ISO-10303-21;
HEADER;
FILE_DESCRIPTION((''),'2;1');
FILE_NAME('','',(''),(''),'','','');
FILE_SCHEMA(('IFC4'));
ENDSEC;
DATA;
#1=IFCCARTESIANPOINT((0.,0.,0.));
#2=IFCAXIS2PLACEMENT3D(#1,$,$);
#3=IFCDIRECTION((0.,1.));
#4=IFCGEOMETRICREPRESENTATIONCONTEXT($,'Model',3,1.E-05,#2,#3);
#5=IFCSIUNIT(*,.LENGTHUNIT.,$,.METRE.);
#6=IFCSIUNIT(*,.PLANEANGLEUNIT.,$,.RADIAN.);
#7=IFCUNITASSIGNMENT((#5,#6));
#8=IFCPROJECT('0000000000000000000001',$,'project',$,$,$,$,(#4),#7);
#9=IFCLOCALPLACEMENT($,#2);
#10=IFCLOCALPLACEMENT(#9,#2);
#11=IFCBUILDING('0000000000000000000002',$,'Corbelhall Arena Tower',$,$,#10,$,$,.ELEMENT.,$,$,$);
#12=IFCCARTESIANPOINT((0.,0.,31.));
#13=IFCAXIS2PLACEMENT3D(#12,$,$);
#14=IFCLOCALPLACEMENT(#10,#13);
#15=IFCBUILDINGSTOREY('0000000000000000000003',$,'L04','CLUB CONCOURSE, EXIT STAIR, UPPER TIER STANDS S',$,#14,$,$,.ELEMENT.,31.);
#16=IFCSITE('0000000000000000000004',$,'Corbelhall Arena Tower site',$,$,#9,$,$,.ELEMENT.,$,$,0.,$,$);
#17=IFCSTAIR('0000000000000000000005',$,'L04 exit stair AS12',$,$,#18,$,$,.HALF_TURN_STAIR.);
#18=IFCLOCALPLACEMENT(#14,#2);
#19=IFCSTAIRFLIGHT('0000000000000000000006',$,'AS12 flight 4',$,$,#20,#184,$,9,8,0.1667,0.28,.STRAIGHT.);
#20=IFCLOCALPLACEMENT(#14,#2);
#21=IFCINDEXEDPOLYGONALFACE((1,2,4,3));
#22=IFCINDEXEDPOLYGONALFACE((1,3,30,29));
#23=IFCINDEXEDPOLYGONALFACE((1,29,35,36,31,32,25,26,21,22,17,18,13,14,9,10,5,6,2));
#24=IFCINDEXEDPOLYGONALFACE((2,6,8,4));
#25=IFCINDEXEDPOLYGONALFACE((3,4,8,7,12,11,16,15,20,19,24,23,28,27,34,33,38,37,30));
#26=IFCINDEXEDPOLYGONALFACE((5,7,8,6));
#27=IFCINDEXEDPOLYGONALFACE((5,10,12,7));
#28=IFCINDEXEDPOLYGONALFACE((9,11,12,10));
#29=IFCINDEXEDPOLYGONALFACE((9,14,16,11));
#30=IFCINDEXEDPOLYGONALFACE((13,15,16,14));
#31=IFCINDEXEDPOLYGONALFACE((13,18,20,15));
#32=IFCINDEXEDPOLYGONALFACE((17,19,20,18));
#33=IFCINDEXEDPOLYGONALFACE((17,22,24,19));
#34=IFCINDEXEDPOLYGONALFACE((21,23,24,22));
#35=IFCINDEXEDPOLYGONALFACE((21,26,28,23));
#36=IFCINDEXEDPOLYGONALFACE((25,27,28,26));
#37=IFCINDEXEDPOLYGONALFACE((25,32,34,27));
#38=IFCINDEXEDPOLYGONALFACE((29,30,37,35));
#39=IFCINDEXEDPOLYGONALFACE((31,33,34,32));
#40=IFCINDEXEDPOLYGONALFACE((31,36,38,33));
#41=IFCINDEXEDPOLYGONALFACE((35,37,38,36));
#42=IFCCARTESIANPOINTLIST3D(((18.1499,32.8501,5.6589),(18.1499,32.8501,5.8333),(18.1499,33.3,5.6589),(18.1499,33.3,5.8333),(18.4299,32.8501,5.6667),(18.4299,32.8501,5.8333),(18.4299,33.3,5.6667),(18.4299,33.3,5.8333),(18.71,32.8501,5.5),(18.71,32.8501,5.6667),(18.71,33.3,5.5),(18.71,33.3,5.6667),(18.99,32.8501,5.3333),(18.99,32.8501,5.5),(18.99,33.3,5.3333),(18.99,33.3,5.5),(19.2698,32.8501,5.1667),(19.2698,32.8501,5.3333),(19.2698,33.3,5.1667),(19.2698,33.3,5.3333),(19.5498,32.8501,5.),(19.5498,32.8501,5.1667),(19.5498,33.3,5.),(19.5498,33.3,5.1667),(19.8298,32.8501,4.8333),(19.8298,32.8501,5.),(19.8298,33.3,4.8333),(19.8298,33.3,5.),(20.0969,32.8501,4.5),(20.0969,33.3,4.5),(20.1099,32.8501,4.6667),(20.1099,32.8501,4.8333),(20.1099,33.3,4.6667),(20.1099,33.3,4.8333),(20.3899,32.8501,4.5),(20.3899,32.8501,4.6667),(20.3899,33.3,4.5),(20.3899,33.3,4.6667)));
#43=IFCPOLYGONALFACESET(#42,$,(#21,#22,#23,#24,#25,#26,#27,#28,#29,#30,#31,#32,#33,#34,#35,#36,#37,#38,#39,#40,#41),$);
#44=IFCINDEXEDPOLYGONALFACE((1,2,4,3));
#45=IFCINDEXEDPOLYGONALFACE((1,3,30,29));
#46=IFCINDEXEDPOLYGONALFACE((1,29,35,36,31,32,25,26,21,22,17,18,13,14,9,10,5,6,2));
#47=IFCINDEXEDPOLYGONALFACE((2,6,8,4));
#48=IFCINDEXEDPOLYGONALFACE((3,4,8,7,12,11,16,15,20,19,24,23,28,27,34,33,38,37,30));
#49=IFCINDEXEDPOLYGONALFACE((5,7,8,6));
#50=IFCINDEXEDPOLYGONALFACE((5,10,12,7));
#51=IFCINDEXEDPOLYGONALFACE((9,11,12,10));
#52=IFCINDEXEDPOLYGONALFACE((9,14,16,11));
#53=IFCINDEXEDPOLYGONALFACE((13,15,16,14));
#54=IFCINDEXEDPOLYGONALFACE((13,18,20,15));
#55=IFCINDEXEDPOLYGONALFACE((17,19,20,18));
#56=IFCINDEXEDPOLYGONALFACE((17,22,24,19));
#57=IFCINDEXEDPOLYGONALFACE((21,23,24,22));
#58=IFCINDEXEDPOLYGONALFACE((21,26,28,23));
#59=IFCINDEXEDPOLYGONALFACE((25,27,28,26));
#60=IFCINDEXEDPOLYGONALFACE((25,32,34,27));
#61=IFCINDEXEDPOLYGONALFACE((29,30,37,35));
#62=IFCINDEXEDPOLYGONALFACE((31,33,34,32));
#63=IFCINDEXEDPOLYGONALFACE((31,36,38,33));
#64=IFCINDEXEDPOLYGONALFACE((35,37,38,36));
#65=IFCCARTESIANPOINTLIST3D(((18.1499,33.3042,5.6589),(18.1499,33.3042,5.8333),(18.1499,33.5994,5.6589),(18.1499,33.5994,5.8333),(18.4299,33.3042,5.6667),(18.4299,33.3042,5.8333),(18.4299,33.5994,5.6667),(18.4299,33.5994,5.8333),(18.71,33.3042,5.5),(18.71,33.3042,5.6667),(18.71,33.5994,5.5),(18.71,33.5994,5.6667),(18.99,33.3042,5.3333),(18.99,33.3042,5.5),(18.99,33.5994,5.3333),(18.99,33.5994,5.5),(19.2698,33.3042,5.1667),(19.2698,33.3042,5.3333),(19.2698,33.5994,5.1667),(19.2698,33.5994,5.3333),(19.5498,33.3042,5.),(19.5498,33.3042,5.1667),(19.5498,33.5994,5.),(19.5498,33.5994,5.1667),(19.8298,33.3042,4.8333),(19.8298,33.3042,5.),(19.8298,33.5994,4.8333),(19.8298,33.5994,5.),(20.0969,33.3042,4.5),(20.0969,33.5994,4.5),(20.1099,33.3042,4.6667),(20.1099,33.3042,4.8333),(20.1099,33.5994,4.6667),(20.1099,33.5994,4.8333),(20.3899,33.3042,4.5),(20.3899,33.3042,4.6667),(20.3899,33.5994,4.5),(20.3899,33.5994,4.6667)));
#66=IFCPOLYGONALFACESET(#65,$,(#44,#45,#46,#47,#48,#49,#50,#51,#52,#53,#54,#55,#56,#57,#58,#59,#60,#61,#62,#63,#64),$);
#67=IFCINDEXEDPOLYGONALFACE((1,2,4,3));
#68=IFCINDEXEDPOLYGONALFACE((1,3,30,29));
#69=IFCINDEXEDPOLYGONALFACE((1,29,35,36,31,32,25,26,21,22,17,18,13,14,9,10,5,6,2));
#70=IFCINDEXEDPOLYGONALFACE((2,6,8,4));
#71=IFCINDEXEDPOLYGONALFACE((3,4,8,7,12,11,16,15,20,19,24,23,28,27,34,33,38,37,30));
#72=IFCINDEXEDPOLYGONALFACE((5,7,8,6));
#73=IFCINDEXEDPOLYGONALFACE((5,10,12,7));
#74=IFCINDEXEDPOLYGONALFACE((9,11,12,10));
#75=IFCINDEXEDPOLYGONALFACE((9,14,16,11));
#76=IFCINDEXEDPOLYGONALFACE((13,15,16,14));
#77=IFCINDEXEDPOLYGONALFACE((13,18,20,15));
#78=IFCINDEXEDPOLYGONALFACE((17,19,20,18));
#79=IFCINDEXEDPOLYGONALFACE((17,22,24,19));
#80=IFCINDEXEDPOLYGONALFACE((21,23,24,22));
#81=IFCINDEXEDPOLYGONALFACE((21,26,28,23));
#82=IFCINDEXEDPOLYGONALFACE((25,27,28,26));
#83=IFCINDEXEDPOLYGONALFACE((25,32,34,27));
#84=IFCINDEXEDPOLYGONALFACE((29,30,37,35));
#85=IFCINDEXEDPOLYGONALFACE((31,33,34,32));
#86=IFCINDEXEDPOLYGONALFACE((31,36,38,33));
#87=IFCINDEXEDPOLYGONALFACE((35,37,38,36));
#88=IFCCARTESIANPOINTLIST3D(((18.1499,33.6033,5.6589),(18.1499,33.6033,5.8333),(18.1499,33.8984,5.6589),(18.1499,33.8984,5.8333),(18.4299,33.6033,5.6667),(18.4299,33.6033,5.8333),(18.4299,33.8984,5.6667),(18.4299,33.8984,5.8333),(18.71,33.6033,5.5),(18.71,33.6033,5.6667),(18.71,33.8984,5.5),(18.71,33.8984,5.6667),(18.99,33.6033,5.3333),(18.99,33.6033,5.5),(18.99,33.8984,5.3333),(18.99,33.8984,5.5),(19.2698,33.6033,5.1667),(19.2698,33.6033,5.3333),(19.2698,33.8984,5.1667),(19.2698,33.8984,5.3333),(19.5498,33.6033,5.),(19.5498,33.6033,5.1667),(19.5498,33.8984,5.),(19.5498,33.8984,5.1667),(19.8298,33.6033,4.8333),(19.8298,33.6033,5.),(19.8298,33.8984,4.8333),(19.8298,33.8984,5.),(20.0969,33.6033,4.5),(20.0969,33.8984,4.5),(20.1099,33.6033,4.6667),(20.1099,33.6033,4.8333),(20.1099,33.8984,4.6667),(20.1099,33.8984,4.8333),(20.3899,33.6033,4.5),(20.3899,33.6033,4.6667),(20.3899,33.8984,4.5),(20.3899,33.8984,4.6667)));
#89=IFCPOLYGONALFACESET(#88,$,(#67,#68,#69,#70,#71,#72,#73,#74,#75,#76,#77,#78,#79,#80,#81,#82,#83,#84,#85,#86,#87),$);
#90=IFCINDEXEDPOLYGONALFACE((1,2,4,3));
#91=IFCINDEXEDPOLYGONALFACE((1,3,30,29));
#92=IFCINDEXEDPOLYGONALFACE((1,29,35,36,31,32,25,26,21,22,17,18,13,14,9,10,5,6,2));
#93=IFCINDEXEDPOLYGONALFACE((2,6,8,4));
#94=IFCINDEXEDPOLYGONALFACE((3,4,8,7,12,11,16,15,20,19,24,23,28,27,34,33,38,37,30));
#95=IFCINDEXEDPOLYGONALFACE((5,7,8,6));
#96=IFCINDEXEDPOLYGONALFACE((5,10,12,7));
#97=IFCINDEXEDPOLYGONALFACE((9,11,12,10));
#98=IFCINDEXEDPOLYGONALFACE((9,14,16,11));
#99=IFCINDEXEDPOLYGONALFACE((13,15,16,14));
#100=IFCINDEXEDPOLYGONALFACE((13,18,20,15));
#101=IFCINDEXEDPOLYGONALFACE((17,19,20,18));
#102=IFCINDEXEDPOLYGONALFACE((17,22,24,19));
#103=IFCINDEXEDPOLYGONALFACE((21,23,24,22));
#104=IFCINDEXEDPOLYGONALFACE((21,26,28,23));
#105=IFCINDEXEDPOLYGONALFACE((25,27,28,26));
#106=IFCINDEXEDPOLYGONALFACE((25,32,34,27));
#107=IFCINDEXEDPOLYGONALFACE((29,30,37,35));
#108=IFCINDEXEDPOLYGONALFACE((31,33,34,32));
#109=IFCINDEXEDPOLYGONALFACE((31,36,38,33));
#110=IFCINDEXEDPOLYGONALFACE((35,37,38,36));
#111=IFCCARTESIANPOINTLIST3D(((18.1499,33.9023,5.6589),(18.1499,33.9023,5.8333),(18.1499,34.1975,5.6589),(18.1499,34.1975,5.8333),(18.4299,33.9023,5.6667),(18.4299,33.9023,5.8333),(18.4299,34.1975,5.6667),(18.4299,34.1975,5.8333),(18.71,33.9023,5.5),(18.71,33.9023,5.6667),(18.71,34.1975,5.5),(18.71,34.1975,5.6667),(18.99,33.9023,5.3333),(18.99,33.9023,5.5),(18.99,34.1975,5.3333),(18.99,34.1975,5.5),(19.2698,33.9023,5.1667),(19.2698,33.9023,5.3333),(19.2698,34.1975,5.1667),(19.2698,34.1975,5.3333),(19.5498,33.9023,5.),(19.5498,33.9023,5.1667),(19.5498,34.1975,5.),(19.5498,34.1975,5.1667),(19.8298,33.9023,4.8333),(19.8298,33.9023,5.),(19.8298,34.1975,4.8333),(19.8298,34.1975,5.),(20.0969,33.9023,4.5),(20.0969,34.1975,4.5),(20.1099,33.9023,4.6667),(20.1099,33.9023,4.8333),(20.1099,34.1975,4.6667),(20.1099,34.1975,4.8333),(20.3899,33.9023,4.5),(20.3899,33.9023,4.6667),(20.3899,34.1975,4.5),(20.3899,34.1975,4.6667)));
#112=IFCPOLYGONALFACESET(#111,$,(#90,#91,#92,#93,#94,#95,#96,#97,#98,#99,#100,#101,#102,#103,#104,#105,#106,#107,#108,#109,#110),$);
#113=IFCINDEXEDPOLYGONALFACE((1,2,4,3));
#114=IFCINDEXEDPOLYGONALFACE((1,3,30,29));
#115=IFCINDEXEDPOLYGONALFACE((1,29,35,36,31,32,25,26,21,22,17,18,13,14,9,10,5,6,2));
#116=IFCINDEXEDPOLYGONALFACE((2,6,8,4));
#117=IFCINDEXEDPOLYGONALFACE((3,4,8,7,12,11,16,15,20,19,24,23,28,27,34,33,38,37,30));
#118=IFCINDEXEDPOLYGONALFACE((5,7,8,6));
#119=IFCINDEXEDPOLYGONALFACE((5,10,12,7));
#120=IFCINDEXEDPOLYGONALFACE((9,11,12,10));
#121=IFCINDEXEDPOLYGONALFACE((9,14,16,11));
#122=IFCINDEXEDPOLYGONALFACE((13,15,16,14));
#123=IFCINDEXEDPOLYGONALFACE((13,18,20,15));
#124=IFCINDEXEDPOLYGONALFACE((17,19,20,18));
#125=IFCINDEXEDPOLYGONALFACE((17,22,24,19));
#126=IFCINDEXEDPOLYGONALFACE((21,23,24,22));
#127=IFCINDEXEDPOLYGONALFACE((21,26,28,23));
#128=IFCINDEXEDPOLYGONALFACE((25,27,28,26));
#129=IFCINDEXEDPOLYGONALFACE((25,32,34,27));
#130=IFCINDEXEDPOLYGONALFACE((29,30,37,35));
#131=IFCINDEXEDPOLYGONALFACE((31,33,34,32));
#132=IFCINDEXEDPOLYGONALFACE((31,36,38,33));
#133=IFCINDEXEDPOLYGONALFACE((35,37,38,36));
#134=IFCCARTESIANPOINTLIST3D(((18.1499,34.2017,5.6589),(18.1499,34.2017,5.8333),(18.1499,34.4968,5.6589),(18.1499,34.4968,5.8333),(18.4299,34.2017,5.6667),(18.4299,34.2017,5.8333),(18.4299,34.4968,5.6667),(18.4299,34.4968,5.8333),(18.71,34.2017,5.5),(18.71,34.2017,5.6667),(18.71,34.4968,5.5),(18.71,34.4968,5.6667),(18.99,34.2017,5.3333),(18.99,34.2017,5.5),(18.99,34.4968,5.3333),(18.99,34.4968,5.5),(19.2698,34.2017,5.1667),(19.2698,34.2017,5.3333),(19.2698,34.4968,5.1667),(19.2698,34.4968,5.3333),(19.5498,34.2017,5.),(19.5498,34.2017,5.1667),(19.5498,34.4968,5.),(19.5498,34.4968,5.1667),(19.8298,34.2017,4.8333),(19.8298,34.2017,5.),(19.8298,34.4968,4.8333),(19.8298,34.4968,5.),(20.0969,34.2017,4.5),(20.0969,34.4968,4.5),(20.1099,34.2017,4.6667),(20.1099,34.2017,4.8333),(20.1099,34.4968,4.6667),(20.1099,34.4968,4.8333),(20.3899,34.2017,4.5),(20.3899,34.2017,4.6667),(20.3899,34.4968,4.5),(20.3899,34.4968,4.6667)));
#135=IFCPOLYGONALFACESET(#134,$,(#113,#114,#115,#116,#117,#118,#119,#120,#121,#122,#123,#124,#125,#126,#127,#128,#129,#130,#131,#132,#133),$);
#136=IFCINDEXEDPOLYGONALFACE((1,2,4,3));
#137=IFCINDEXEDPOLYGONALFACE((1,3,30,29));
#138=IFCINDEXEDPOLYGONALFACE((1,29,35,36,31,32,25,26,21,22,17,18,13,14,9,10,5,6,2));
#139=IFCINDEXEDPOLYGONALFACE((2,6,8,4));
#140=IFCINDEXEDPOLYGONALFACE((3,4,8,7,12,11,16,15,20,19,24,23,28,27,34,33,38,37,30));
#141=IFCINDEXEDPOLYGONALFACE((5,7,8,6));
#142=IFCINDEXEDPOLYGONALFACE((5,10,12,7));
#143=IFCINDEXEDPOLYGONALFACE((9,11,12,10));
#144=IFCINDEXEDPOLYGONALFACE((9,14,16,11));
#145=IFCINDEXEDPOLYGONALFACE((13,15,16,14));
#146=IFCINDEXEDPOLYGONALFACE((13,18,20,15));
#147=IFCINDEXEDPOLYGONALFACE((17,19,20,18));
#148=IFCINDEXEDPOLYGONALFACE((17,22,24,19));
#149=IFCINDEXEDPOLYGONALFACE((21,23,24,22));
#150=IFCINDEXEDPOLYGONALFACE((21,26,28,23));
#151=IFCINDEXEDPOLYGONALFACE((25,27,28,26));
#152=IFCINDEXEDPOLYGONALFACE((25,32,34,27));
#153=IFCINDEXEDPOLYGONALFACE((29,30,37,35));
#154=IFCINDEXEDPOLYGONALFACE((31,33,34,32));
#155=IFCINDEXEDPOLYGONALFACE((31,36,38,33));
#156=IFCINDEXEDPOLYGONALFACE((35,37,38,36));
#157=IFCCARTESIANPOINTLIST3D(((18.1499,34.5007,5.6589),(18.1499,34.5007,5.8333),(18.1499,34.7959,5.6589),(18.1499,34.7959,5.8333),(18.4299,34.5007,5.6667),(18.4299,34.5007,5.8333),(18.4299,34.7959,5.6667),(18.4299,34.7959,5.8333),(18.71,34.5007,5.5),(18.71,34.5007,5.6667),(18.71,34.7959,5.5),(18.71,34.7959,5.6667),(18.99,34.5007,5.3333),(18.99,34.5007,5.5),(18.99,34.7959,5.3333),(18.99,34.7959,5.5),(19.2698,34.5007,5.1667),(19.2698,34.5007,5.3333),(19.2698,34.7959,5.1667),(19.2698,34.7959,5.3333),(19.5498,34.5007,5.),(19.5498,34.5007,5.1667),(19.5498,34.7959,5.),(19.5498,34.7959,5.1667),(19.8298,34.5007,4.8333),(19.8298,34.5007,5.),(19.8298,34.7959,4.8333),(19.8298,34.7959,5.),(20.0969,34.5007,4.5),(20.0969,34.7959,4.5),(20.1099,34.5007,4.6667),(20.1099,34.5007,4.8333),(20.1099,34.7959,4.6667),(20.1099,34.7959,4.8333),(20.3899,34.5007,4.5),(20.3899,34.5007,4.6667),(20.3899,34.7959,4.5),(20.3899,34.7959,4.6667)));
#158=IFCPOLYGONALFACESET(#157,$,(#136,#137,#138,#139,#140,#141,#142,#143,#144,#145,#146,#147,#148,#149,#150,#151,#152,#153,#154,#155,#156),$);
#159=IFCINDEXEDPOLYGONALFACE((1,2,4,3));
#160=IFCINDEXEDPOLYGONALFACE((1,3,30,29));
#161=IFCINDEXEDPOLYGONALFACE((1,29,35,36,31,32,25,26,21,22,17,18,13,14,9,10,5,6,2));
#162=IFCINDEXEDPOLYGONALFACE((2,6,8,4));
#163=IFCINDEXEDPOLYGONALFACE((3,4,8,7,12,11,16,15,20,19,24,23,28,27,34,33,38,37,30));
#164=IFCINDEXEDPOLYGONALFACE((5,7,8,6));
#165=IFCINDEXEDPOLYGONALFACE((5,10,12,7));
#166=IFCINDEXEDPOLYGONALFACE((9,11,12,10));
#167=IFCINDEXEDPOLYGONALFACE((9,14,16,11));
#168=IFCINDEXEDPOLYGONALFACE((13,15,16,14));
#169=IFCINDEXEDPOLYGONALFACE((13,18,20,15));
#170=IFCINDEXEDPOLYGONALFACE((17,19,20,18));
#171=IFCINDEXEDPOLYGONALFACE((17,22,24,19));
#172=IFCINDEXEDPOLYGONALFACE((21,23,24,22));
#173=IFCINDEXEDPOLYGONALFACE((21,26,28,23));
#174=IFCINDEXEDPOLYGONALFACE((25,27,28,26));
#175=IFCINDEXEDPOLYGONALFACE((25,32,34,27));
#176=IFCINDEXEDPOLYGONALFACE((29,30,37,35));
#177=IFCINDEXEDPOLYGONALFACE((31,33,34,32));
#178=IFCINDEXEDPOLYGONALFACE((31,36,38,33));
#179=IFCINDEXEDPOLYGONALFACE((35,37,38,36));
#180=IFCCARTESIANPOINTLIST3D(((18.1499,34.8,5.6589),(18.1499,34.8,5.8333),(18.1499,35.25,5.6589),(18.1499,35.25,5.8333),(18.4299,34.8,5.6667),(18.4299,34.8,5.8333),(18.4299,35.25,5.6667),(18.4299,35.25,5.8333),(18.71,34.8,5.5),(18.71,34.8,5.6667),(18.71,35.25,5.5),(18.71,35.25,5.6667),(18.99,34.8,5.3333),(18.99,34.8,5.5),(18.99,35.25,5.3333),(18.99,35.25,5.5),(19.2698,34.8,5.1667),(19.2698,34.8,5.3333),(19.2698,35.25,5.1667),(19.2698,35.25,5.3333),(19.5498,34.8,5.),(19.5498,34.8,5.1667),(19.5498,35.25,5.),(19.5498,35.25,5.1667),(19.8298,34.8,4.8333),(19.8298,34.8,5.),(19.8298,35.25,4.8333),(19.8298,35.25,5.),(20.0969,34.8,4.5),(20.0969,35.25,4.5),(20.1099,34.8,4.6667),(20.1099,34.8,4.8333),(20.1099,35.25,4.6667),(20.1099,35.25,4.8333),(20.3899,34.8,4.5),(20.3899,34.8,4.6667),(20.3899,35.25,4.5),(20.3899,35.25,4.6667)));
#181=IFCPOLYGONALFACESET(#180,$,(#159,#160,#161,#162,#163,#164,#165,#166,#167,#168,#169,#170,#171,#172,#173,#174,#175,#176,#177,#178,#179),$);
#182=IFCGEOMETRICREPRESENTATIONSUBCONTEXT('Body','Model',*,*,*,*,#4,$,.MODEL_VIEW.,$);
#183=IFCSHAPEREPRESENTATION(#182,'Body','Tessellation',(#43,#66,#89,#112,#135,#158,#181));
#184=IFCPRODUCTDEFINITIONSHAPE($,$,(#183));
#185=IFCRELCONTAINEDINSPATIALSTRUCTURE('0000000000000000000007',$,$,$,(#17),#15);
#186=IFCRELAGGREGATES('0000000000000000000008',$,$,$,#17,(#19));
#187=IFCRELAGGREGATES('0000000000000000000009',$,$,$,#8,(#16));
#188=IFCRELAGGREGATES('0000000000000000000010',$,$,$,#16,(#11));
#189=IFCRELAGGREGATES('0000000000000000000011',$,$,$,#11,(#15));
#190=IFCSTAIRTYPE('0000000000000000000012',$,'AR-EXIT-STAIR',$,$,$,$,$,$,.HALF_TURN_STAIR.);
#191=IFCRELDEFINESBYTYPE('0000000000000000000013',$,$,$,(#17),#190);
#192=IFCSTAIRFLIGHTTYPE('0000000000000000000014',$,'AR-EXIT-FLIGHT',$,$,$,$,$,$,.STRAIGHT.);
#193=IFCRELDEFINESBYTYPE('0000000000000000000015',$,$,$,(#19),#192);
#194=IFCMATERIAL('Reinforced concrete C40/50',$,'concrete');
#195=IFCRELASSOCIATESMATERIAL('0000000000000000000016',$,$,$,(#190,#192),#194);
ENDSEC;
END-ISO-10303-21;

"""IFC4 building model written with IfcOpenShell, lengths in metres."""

from ifc_helpers import new_model, si_unit, direction, frame, origin, place, context, subcontext, project, spatial, polyline, outline, extrude, material, type_object, element, aggregate, save


model = new_model("IFC4")

# Units and contexts
model_context = context("Model", 3, precision=1e-05, world=origin(), true_north=direction((0.0, 1.0)))
body_context = subcontext(model_context, "Body", "Model", "MODEL_VIEW")
ifc_project = project(units=[si_unit("LENGTHUNIT", "METRE"), si_unit("PLANEANGLEUNIT", "RADIAN")], contexts=[model_context])

# Site, building, storey
site_placement = place(None, origin())
site = spatial("IfcSite", under=ifc_project, at=site_placement, Name="Corbelhall Arena Tower site", CompositionType="ELEMENT", RefElevation=0.0)
building_placement = place(site_placement, origin())
building = spatial("IfcBuilding", under=site, at=building_placement, Name="Corbelhall Arena Tower", CompositionType="ELEMENT")
storey_placement = place(building_placement, frame((0.0, 0.0, 31.0)))
storey = spatial("IfcBuildingStorey", under=building, at=storey_placement, Name="L04", Description="CLUB CONCOURSE, EXIT STAIR, UPPER TIER STANDS S", CompositionType="ELEMENT", Elevation=31.0)

# Shared definitions
ifc_material_1 = material(Name="Reinforced concrete C40/50", Category="concrete")

# Stair, stair flight
stair_type = type_object("IfcStairType", Name="AR-EXIT-STAIR", PredefinedType="HALF_TURN_STAIR", material=ifc_material_1)
stair_flight_type = type_object("IfcStairFlightType", Name="AR-EXIT-FLIGHT", PredefinedType="STRAIGHT", material=ifc_material_1)
stair_1_placement = place(storey_placement, origin())
stair_1 = element("IfcStair", 1, at=stair_1_placement, inside=storey, type_object=stair_type, Name="L04 exit stair AS12", PredefinedType="HALF_TURN_STAIR")
stair_flight_1_placement = place(storey_placement, frame((20.3899, 34.05, 4.5), z_axis=(0.0, 0.0, 1.0), x_axis=(-1.0, 0.0, 0.0)))
stair_flight_1 = element("IfcStairFlight", 2, at=stair_flight_1_placement, type_object=stair_flight_type, Name="AS12 flight 4", NumberOfRisers=9, NumberOfTreads=8, PredefinedType="STRAIGHT", RiserHeight=0.1667, TreadLength=0.28, context=body_context, shape_type="SweptSolid", body=[
    extrude(outline(polyline([(0.0, 0.0), (0.0, 0.1667), (0.28, 0.1667), (0.28, 0.3333), (0.5601, 0.3333), (0.5601, 0.5), (0.8401, 0.5), (0.8401, 0.6667), (1.1201, 0.6667), (1.1201, 0.8333), (1.3999, 0.8333), (1.3999, 1.0), (1.6799, 1.0), (1.6799, 1.1667), (1.96, 1.1667), (1.96, 1.3333), (2.24, 1.3333), (2.24, 1.5), (2.24, 1.1589), (0.293, 0.0), (0.0, 0.0)])), frame((0.0, 1.2, 0.0), z_axis=(0.0, -1.0, 0.0), x_axis=(1.0, 0.0, 0.0)), (0.0, 0.0, 1.0), 0.45),
    extrude(outline(polyline([(0.0, 0.0), (0.0, 0.1667), (0.28, 0.1667), (0.28, 0.3333), (0.5601, 0.3333), (0.5601, 0.5), (0.8401, 0.5), (0.8401, 0.6667), (1.1201, 0.6667), (1.1201, 0.8333), (1.3999, 0.8333), (1.3999, 1.0), (1.6799, 1.0), (1.6799, 1.1667), (1.96, 1.1667), (1.96, 1.3333), (2.24, 1.3333), (2.24, 1.5), (2.24, 1.1589), (0.293, 0.0), (0.0, 0.0)])), frame((0.0, 0.7458, 0.0), z_axis=(0.0, -1.0, 0.0), x_axis=(1.0, 0.0, 0.0)), (0.0, 0.0, 1.0), 0.2952),
    extrude(outline(polyline([(0.0, 0.0), (0.0, 0.1667), (0.28, 0.1667), (0.28, 0.3333), (0.5601, 0.3333), (0.5601, 0.5), (0.8401, 0.5), (0.8401, 0.6667), (1.1201, 0.6667), (1.1201, 0.8333), (1.3999, 0.8333), (1.3999, 1.0), (1.6799, 1.0), (1.6799, 1.1667), (1.96, 1.1667), (1.96, 1.3333), (2.24, 1.3333), (2.24, 1.5), (2.24, 1.1589), (0.293, 0.0), (0.0, 0.0)])), frame((0.0, 0.4468, 0.0), z_axis=(0.0, -1.0, 0.0), x_axis=(1.0, 0.0, 0.0)), (0.0, 0.0, 1.0), 0.2952),
    extrude(outline(polyline([(0.0, 0.0), (0.0, 0.1667), (0.28, 0.1667), (0.28, 0.3333), (0.5601, 0.3333), (0.5601, 0.5), (0.8401, 0.5), (0.8401, 0.6667), (1.1201, 0.6667), (1.1201, 0.8333), (1.3999, 0.8333), (1.3999, 1.0), (1.6799, 1.0), (1.6799, 1.1667), (1.96, 1.1667), (1.96, 1.3333), (2.24, 1.3333), (2.24, 1.5), (2.24, 1.1589), (0.293, 0.0), (0.0, 0.0)])), frame((0.0, 0.1477, 0.0), z_axis=(0.0, -1.0, 0.0), x_axis=(1.0, 0.0, 0.0)), (0.0, 0.0, 1.0), 0.2952),
    extrude(outline(polyline([(0.0, 0.0), (0.0, 0.1667), (0.28, 0.1667), (0.28, 0.3333), (0.5601, 0.3333), (0.5601, 0.5), (0.8401, 0.5), (0.8401, 0.6667), (1.1201, 0.6667), (1.1201, 0.8333), (1.3999, 0.8333), (1.3999, 1.0), (1.6799, 1.0), (1.6799, 1.1667), (1.96, 1.1667), (1.96, 1.3333), (2.24, 1.3333), (2.24, 1.5), (2.24, 1.1589), (0.293, 0.0), (0.0, 0.0)])), frame((0.0, -0.1516, 0.0), z_axis=(0.0, -1.0, 0.0), x_axis=(1.0, 0.0, 0.0)), (0.0, 0.0, 1.0), 0.2952),
    extrude(outline(polyline([(0.0, 0.0), (0.0, 0.1667), (0.28, 0.1667), (0.28, 0.3333), (0.5601, 0.3333), (0.5601, 0.5), (0.8401, 0.5), (0.8401, 0.6667), (1.1201, 0.6667), (1.1201, 0.8333), (1.3999, 0.8333), (1.3999, 1.0), (1.6799, 1.0), (1.6799, 1.1667), (1.96, 1.1667), (1.96, 1.3333), (2.24, 1.3333), (2.24, 1.5), (2.24, 1.1589), (0.293, 0.0), (0.0, 0.0)])), frame((0.0, -0.4507, 0.0), z_axis=(0.0, -1.0, 0.0), x_axis=(1.0, 0.0, 0.0)), (0.0, 0.0, 1.0), 0.2952),
    extrude(outline(polyline([(0.0, 0.0), (0.0, 0.1667), (0.28, 0.1667), (0.28, 0.3333), (0.5601, 0.3333), (0.5601, 0.5), (0.8401, 0.5), (0.8401, 0.6667), (1.1201, 0.6667), (1.1201, 0.8333), (1.3999, 0.8333), (1.3999, 1.0), (1.6799, 1.0), (1.6799, 1.1667), (1.96, 1.1667), (1.96, 1.3333), (2.24, 1.3333), (2.24, 1.5), (2.24, 1.1589), (0.293, 0.0), (0.0, 0.0)])), frame((0.0, -0.75, 0.0), z_axis=(0.0, -1.0, 0.0), x_axis=(1.0, 0.0, 0.0)), (0.0, 0.0, 1.0), 0.45),
])
aggregate(stair_1, [stair_flight_1])

save(model, "model.ifc")
